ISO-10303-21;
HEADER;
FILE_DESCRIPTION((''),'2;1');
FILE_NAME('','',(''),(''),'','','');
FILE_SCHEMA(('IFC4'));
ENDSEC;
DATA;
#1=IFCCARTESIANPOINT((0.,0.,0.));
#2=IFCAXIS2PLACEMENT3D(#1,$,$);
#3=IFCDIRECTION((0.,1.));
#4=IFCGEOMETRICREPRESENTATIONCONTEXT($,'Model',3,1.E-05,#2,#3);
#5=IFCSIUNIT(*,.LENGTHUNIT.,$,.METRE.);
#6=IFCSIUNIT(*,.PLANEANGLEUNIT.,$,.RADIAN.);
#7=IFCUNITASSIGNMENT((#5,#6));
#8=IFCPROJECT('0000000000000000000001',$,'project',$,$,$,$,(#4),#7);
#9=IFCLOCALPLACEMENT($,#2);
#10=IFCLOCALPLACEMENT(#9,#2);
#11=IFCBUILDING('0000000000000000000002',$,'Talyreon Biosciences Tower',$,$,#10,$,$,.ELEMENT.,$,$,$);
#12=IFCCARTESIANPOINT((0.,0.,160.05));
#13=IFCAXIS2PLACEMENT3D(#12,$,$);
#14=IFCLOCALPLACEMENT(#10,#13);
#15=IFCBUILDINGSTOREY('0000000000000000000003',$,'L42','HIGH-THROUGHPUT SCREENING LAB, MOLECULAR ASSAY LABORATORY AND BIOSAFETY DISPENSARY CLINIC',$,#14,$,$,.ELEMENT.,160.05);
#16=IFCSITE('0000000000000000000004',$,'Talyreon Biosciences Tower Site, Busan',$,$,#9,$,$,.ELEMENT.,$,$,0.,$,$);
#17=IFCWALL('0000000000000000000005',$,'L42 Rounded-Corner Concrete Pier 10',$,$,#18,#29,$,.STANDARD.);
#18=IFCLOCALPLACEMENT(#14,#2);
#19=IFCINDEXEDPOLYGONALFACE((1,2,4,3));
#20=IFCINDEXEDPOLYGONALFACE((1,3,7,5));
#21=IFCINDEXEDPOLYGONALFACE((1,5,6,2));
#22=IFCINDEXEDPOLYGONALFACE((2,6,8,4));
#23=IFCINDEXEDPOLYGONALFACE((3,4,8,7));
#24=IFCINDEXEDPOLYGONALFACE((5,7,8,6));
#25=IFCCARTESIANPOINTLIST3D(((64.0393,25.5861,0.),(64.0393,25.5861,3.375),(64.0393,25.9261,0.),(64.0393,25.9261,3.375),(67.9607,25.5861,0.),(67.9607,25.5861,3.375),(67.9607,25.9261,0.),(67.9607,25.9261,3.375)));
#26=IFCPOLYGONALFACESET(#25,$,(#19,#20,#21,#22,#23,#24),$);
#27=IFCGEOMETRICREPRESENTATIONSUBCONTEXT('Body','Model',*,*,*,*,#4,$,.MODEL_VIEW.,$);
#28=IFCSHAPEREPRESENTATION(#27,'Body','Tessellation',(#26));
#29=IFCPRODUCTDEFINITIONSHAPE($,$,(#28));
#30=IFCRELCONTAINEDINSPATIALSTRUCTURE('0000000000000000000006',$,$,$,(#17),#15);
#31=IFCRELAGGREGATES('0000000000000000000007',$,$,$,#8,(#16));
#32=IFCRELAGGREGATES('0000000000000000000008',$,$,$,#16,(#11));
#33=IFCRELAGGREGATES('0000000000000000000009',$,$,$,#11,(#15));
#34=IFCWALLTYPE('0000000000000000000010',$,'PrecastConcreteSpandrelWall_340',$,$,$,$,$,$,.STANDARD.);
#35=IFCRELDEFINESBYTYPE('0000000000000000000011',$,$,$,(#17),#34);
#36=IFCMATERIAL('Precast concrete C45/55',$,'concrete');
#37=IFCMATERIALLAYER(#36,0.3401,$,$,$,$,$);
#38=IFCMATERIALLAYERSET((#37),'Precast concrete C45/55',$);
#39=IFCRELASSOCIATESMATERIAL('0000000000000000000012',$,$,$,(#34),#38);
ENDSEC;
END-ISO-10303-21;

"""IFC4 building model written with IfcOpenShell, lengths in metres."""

from ifc_helpers import new_model, si_unit, direction, frame, frame_2d, origin, place, context, subcontext, project, spatial, rectangle, extrude, material, layer, layer_set, type_object, element, save


model = new_model("IFC4")

# Units and contexts
model_context = context("Model", 3, precision=1e-05, world=origin(), true_north=direction((0.0, 1.0)))
body_context = subcontext(model_context, "Body", "Model", "MODEL_VIEW")
ifc_project = project(units=[si_unit("LENGTHUNIT", "METRE"), si_unit("PLANEANGLEUNIT", "RADIAN")], contexts=[model_context])

# Site, building, storey
site_placement = place(None, origin())
site = spatial("IfcSite", under=ifc_project, at=site_placement, Name="Talyreon Biosciences Tower Site, Busan", CompositionType="ELEMENT", RefElevation=0.0)
building_placement = place(site_placement, origin())
building = spatial("IfcBuilding", under=site, at=building_placement, Name="Talyreon Biosciences Tower", CompositionType="ELEMENT")
storey_placement = place(building_placement, frame((0.0, 0.0, 160.05)))
storey = spatial("IfcBuildingStorey", under=building, at=storey_placement, Name="L42", Description="HIGH-THROUGHPUT SCREENING LAB, MOLECULAR ASSAY LABORATORY AND BIOSAFETY DISPENSARY CLINIC", CompositionType="ELEMENT", Elevation=160.05)

# Shared definitions
ifc_material_1 = material(Name="Precast concrete C45/55", Category="concrete")

# Wall
ifc_layer_1 = layer(ifc_material_1, 0.3401)
ifc_layer_set_1 = layer_set([ifc_layer_1], Name="Precast concrete C45/55")
wall_type_1 = type_object("IfcWallType", Name="PrecastConcreteSpandrelWall_340", PredefinedType="STANDARD", material=ifc_layer_set_1)
for number, where, z_axis, x_axis, name in (
    (1, (67.9607, 25.7561, 0.0), (0.0, 0.0, 1.0), (-1.0, 0.0, 0.0), "L42 Rounded-Corner Concrete Pier 10"),
):
    element("IfcWall", number, at=place(storey_placement, frame(where, z_axis=z_axis, x_axis=x_axis)), inside=storey, type_object=wall_type_1, Name=name, PredefinedType="STANDARD", context=body_context, shape_type="SweptSolid", body=[
        extrude(rectangle(XDim=3.9214, YDim=0.3401, at=frame_2d((1.9607, 0.0))), origin(), (0.0, 0.0, 1.0), 3.375),
    ])

save(model, "model.ifc")
